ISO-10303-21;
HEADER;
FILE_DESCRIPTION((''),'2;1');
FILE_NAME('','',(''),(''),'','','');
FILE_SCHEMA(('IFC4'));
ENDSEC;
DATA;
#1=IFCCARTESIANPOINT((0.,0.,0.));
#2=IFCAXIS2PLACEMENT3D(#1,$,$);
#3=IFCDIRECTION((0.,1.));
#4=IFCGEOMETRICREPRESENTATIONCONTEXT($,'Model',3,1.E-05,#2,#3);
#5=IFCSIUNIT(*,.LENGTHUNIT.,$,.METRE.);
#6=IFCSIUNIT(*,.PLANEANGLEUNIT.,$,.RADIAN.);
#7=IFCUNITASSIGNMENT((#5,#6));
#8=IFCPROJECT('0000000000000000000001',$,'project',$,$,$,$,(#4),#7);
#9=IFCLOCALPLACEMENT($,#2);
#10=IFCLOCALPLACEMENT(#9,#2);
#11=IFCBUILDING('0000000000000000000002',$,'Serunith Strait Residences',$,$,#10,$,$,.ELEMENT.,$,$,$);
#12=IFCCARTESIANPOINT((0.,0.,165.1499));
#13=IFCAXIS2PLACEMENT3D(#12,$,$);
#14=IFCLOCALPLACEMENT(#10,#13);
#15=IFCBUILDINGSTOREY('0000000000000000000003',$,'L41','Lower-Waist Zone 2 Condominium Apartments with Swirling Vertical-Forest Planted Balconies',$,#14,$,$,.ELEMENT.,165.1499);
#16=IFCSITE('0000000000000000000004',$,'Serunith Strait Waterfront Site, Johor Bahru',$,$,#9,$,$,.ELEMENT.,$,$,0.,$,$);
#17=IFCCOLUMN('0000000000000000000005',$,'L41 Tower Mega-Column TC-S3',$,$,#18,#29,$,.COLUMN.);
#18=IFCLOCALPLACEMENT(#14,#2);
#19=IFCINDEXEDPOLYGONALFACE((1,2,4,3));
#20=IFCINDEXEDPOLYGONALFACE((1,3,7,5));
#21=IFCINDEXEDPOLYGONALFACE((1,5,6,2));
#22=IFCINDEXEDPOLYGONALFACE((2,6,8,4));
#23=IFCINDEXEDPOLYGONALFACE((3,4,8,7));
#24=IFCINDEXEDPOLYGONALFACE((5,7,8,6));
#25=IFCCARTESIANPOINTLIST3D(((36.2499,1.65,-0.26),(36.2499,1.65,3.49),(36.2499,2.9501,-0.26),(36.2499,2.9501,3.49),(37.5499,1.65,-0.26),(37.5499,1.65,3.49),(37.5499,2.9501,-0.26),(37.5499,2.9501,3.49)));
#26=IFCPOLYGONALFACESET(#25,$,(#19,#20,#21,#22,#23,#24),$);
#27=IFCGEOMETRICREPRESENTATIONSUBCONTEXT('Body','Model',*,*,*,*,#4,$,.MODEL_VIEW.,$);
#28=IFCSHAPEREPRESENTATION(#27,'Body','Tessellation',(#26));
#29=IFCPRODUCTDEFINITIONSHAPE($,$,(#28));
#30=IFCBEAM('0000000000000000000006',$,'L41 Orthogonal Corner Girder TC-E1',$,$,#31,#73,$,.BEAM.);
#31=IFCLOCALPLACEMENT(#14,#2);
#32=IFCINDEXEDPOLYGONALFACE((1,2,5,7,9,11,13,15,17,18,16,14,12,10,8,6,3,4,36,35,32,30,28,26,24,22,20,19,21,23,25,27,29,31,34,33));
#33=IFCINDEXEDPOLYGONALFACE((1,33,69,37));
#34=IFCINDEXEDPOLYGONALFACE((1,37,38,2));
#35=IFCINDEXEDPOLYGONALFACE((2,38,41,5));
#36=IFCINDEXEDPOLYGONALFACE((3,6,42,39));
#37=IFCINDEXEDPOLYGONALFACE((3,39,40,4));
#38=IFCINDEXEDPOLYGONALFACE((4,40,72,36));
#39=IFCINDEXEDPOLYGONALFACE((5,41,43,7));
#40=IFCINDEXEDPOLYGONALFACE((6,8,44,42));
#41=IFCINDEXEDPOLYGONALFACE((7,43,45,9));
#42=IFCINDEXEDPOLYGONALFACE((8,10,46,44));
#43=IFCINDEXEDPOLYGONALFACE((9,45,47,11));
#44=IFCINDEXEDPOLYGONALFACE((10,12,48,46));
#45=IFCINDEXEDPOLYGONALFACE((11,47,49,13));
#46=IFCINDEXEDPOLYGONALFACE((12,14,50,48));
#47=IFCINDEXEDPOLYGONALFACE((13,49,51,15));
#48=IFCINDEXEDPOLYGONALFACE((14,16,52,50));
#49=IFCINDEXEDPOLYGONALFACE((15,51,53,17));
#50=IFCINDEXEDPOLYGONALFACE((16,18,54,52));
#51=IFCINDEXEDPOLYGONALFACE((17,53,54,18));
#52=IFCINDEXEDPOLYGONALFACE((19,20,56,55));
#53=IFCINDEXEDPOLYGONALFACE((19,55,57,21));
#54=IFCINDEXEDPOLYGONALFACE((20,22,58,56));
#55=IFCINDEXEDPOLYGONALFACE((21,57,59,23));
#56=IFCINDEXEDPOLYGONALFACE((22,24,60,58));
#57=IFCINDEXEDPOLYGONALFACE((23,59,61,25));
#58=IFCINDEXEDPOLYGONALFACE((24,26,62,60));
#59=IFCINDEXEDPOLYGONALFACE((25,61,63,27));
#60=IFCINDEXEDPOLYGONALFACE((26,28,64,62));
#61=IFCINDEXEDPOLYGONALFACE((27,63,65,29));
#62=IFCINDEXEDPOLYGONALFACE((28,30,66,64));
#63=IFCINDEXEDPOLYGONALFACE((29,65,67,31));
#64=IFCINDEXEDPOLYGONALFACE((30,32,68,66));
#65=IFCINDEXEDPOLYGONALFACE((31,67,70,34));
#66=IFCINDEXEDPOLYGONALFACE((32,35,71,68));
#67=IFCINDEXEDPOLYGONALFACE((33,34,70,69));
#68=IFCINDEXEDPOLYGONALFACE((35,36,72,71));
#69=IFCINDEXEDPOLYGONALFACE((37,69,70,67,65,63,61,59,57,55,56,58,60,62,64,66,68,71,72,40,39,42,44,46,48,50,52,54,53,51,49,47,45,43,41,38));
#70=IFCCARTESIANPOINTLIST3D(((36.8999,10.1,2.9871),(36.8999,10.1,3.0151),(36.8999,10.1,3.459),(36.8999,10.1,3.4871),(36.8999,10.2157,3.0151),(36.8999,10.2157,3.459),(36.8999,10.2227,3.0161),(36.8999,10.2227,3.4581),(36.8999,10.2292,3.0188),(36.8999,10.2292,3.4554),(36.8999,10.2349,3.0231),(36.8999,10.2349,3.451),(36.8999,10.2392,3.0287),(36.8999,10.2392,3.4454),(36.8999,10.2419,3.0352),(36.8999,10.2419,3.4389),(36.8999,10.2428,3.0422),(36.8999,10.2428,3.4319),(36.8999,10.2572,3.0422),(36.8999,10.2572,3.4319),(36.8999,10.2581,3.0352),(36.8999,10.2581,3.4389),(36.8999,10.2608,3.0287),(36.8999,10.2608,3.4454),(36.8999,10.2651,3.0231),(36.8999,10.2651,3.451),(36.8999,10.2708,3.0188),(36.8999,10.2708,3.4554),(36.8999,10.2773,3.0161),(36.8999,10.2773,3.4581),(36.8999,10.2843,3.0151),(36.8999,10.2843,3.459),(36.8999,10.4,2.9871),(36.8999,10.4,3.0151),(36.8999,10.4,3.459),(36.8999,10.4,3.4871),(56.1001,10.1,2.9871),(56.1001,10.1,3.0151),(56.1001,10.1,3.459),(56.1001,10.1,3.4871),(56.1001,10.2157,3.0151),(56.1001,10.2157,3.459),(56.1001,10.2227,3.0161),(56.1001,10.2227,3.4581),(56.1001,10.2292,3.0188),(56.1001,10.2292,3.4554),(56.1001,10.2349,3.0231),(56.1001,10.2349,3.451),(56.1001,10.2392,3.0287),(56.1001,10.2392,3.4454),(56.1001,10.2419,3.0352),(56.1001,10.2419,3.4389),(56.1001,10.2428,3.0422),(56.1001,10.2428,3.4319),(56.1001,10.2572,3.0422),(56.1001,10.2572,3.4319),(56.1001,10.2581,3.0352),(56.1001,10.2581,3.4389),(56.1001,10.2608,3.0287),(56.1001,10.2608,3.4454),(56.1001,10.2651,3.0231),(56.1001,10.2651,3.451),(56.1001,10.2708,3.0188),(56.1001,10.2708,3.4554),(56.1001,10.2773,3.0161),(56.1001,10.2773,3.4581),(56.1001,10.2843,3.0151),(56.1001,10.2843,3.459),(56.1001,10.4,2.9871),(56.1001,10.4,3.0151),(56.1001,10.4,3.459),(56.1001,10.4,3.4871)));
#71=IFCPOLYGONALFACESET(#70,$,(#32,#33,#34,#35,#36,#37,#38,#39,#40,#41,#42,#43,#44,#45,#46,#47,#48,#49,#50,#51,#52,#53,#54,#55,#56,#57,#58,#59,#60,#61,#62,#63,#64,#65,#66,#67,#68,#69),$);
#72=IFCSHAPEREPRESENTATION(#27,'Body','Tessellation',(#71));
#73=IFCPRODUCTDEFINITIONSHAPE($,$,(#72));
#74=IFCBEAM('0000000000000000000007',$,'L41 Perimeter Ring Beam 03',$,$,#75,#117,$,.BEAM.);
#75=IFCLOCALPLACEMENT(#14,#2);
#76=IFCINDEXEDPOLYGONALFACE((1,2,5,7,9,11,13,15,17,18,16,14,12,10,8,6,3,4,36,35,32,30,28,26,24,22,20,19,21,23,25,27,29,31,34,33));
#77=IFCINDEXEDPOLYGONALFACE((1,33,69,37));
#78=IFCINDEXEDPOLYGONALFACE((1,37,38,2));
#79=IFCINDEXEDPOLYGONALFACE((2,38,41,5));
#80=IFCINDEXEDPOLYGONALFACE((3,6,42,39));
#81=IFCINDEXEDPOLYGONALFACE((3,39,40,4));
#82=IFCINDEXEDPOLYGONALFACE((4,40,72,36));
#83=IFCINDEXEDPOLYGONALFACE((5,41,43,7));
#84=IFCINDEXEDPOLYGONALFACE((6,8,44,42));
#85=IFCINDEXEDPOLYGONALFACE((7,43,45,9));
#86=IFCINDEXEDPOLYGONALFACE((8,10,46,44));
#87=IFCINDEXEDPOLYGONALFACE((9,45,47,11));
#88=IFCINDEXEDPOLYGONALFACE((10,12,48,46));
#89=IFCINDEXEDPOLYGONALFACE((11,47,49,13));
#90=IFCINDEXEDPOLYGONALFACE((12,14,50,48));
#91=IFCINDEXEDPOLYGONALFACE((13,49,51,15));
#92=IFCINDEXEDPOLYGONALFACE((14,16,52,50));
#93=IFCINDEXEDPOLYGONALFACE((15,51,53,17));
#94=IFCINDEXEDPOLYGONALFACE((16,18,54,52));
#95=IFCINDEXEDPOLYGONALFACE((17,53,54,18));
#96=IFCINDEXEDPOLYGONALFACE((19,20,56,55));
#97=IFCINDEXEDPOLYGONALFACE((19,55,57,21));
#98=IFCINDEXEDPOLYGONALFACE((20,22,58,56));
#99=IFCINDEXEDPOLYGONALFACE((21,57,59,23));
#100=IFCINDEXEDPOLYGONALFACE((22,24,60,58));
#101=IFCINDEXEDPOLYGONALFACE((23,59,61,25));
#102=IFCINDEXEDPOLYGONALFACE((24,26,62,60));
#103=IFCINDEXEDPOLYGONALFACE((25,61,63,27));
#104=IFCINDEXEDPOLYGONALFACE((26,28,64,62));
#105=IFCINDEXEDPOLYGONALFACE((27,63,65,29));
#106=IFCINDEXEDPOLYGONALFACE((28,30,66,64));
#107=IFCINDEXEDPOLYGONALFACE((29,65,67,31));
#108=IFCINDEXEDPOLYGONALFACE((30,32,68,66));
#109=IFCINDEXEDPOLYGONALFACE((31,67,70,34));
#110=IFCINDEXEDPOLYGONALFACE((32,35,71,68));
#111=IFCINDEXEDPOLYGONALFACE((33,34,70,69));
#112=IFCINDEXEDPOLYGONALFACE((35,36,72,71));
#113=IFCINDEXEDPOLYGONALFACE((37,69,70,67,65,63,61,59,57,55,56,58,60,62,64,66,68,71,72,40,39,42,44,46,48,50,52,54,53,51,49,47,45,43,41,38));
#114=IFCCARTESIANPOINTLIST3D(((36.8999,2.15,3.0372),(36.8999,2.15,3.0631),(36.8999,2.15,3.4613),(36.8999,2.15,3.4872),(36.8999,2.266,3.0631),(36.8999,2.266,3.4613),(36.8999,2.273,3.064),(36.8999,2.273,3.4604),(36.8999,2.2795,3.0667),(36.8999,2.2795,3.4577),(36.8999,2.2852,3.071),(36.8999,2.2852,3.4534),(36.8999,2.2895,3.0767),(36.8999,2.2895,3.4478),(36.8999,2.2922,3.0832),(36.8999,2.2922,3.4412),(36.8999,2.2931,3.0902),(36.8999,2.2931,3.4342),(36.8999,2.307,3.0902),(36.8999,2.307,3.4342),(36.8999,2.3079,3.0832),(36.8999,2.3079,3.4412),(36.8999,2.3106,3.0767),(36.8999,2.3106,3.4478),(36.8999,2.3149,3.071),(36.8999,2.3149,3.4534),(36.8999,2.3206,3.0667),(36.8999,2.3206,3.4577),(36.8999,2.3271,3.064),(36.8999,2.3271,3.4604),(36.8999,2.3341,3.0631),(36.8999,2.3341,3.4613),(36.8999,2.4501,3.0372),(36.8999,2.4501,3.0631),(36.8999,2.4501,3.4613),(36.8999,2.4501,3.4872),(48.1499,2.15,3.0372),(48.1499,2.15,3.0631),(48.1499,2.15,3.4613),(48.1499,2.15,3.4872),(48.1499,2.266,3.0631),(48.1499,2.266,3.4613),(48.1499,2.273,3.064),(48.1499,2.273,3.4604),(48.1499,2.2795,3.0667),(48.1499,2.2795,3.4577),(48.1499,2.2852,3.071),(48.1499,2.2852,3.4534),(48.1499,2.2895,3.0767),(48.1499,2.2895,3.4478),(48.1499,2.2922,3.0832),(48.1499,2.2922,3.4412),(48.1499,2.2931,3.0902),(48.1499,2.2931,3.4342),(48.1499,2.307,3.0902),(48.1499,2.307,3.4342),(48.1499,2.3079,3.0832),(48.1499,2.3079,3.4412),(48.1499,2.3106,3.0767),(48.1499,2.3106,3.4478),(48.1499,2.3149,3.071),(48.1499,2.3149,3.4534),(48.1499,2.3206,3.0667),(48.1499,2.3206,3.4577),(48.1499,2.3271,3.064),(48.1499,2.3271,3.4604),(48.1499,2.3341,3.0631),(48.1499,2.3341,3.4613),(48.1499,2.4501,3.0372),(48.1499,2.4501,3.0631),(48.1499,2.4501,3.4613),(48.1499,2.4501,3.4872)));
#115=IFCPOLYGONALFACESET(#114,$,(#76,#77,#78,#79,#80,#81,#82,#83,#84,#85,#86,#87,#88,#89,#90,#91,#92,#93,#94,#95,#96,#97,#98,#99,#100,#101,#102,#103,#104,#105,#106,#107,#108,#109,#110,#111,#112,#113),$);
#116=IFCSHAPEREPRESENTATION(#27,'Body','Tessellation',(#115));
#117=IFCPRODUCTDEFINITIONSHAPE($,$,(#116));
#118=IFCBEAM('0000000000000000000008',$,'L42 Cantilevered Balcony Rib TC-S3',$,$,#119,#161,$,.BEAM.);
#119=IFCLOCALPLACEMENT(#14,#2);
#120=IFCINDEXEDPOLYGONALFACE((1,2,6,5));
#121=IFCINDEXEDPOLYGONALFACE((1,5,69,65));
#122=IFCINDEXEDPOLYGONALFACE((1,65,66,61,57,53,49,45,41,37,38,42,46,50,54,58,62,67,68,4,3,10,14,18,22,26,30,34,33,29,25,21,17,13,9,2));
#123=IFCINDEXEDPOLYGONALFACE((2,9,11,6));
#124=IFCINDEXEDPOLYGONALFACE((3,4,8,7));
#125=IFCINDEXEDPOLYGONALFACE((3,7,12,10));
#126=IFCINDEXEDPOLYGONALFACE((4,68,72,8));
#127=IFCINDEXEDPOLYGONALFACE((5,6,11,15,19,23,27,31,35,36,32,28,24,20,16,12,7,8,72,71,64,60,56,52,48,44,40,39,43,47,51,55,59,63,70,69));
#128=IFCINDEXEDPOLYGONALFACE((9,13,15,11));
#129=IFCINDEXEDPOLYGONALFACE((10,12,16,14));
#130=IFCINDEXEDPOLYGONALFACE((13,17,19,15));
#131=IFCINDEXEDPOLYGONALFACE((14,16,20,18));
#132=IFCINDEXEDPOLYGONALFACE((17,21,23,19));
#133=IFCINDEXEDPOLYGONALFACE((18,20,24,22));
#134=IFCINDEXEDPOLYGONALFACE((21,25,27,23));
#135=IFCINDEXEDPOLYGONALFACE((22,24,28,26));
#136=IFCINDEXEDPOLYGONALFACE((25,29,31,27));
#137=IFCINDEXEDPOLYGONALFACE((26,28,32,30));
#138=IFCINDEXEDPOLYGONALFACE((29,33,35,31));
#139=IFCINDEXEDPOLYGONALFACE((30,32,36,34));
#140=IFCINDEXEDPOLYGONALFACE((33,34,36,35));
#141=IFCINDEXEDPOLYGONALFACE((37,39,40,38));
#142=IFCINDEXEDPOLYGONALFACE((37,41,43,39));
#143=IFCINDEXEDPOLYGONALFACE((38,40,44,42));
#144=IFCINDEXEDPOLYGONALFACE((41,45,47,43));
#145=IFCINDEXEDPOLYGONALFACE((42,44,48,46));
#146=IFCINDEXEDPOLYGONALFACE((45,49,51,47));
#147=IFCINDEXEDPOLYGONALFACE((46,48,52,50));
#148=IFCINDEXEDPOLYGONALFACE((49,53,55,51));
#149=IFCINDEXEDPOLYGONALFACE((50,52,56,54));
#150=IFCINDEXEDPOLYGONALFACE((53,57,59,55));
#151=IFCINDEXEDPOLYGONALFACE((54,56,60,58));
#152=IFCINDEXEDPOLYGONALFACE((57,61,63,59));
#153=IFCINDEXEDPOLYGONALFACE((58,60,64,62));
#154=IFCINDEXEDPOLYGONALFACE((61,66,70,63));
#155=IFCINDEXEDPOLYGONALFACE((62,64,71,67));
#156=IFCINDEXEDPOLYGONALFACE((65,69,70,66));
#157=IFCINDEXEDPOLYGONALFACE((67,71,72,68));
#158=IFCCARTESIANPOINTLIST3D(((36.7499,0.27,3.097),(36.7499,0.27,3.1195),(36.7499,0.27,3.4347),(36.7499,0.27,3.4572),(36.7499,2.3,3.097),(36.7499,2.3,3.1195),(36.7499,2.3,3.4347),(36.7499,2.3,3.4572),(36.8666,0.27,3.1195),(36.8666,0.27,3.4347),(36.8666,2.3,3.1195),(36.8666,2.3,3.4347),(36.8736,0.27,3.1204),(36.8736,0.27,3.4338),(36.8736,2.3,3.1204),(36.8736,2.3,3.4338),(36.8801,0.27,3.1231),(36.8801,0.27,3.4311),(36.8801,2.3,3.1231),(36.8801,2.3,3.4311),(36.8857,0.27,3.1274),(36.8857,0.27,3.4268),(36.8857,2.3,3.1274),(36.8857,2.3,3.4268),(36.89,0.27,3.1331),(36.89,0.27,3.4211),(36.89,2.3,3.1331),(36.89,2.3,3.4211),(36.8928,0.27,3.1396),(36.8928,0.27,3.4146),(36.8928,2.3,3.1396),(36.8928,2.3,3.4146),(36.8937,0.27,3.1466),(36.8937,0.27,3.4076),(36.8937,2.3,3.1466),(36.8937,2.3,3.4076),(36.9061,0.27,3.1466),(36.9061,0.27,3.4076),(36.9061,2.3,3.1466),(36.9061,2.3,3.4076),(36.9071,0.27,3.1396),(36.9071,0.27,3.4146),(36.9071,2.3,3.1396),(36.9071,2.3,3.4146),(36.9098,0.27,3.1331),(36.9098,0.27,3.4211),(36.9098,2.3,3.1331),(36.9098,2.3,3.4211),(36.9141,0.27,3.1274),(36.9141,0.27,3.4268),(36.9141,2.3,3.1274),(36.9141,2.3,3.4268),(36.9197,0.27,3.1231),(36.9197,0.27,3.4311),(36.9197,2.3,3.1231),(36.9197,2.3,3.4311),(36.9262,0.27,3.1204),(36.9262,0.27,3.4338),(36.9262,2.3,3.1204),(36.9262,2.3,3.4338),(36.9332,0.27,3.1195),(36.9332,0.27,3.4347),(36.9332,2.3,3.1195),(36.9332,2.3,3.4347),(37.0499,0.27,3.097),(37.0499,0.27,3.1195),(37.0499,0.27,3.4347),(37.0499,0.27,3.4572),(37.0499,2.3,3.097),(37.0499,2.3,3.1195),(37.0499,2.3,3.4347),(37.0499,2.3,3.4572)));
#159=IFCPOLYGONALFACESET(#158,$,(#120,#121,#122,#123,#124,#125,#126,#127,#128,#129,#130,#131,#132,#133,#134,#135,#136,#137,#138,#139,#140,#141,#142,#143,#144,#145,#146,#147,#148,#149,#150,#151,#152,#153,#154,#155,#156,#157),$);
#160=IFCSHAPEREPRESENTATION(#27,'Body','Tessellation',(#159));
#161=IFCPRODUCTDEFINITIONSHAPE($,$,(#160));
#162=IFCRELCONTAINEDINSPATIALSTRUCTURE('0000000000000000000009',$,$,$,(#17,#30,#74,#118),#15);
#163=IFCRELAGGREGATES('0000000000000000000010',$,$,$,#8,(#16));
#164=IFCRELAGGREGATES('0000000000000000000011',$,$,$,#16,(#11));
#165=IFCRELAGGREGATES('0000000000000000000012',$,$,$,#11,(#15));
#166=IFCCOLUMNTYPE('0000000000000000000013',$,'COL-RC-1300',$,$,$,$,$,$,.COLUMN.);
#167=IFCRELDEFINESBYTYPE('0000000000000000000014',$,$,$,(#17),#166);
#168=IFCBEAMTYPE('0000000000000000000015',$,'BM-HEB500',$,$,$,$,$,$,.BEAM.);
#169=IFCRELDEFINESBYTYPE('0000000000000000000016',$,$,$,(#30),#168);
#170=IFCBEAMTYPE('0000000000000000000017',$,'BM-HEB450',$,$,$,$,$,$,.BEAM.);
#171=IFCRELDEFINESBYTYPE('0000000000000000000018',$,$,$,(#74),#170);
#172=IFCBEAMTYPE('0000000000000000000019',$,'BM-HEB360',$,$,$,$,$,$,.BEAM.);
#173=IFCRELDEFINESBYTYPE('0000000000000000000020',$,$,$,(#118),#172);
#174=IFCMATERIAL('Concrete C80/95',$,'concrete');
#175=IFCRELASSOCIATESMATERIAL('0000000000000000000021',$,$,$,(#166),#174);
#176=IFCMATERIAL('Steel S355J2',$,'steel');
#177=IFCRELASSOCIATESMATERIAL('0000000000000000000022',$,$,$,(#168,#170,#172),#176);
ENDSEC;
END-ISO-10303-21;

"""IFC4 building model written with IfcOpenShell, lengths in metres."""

from ifc_helpers import new_model, si_unit, direction, frame, origin, origin_2d, place, context, subcontext, project, spatial, rectangle, i_section, extrude, source, transform, mapped, material, material_profile, profile_set, type_object, element, save


model = new_model("IFC4")

# Units and contexts
model_context = context("Model", 3, precision=1e-05, world=origin(), true_north=direction((0.0, 1.0)))
body_context = subcontext(model_context, "Body", "Model", "MODEL_VIEW")
ifc_project = project(units=[si_unit("LENGTHUNIT", "METRE"), si_unit("PLANEANGLEUNIT", "RADIAN")], contexts=[model_context])

# Site, building, storey
site_placement = place(None, origin())
site = spatial("IfcSite", under=ifc_project, at=site_placement, Name="Serunith Strait Waterfront Site, Johor Bahru", CompositionType="ELEMENT", RefElevation=0.0)
building_placement = place(site_placement, origin())
building = spatial("IfcBuilding", under=site, at=building_placement, Name="Serunith Strait Residences", CompositionType="ELEMENT")
storey_placement = place(building_placement, frame((0.0, 0.0, 165.1499)))
storey = spatial("IfcBuildingStorey", under=building, at=storey_placement, Name="L41", Description="Lower-Waist Zone 2 Condominium Apartments with Swirling Vertical-Forest Planted Balconies", CompositionType="ELEMENT", Elevation=165.1499)

# Column
ifc_material_1 = material(Name="Concrete C80/95", Category="concrete")
ifc_material_profile_1 = material_profile(ifc_material_1, rectangle(XDim=1.3, YDim=1.3, at=origin_2d()), Name="RC 1300x1300")
ifc_profile_set_1 = profile_set([ifc_material_profile_1], Name="Concrete C80/95")
column_type = type_object("IfcColumnType", Name="COL-RC-1300", PredefinedType="COLUMN", material=ifc_profile_set_1)
shared_shape_1 = source(origin(), body_context, "Body", "SweptSolid", [
    extrude(rectangle(XDim=1.3, YDim=1.3, at=origin_2d()), origin(), (0.0, 0.0, 1.0), 3.75),
])
column_placement = place(storey_placement, frame((36.8999, 2.3, -0.26), z_axis=(0.0, 0.0, 1.0), x_axis=(1.0, 0.0, 0.0)))
element("IfcColumn", 1, at=column_placement, inside=storey, type_object=column_type, Name="L41 Tower Mega-Column TC-S3", PredefinedType="COLUMN", context=body_context, shape_type="MappedRepresentation", body=[
    mapped(shared_shape_1, transform((0.0, 0.0, 0.0), scale=1.0)),
])

# Beams
ifc_material_2 = material(Name="Steel S355J2", Category="steel")
ifc_material_profile_2 = material_profile(ifc_material_2, i_section(OverallWidth=0.3, OverallDepth=0.5, WebThickness=0.0144, FlangeThickness=0.0281, FilletRadius=0.0271, at=origin_2d()), Name="HEB 500")
ifc_profile_set_2 = profile_set([ifc_material_profile_2], Name="Steel S355J2")
beam_type_1 = type_object("IfcBeamType", Name="BM-HEB500", PredefinedType="BEAM", material=ifc_profile_set_2)
shared_shape_2 = source(origin(), body_context, "Body", "SweptSolid", [
    extrude(i_section(OverallWidth=0.3, OverallDepth=0.5, WebThickness=0.0144, FlangeThickness=0.0281, FilletRadius=0.0271, at=origin_2d()), origin(), (0.0, 0.0, 1.0), 19.2002),
])
beam_1_placement = place(storey_placement, frame((36.8999, 10.25, 3.2371), z_axis=(1.0, 0.0, 0.0), x_axis=(0.0, 1.0, 0.0)))
element("IfcBeam", 2, at=beam_1_placement, inside=storey, type_object=beam_type_1, Name="L41 Orthogonal Corner Girder TC-E1", PredefinedType="BEAM", context=body_context, shape_type="MappedRepresentation", body=[
    mapped(shared_shape_2, transform((0.0, 0.0, 0.0), scale=1.0)),
])
ifc_material_profile_3 = material_profile(ifc_material_2, i_section(OverallWidth=0.3, OverallDepth=0.45, WebThickness=0.0139, FlangeThickness=0.0259, FilletRadius=0.0271, at=origin_2d()), Name="HEB 450")
ifc_profile_set_3 = profile_set([ifc_material_profile_3], Name="Steel S355J2")
beam_type_2 = type_object("IfcBeamType", Name="BM-HEB450", PredefinedType="BEAM", material=ifc_profile_set_3)
shared_shape_3 = source(origin(), body_context, "Body", "SweptSolid", [
    extrude(i_section(OverallWidth=0.3, OverallDepth=0.45, WebThickness=0.0139, FlangeThickness=0.0259, FilletRadius=0.0271, at=origin_2d()), origin(), (0.0, 0.0, 1.0), 11.25),
])
beam_2_placement = place(storey_placement, frame((36.8999, 2.3, 3.2622), z_axis=(1.0, 0.0, 0.0), x_axis=(0.0, 1.0, 0.0)))
element("IfcBeam", 3, at=beam_2_placement, inside=storey, type_object=beam_type_2, Name="L41 Perimeter Ring Beam 03", PredefinedType="BEAM", context=body_context, shape_type="MappedRepresentation", body=[
    mapped(shared_shape_3, transform((0.0, 0.0, 0.0), scale=1.0)),
])
ifc_material_profile_4 = material_profile(ifc_material_2, i_section(OverallWidth=0.3, OverallDepth=0.3601, WebThickness=0.0125, FlangeThickness=0.0225, FilletRadius=0.0271, at=origin_2d()), Name="HEB 360")
ifc_profile_set_4 = profile_set([ifc_material_profile_4], Name="Steel S355J2")
beam_type_3 = type_object("IfcBeamType", Name="BM-HEB360", PredefinedType="BEAM", material=ifc_profile_set_4)
shared_shape_4 = source(origin(), body_context, "Body", "SweptSolid", [
    extrude(i_section(OverallWidth=0.3, OverallDepth=0.3601, WebThickness=0.0125, FlangeThickness=0.0225, FilletRadius=0.0271, at=origin_2d()), origin(), (0.0, 0.0, 1.0), 2.03),
])
beam_3_placement = place(storey_placement, frame((36.8999, 2.3, 3.2771), z_axis=(0.0, -1.0, 0.0), x_axis=(1.0, 0.0, 0.0)))
element("IfcBeam", 4, at=beam_3_placement, inside=storey, type_object=beam_type_3, Name="L42 Cantilevered Balcony Rib TC-S3", PredefinedType="BEAM", context=body_context, shape_type="MappedRepresentation", body=[
    mapped(shared_shape_4, transform((0.0, 0.0, 0.0), scale=1.0)),
])

save(model, "model.ifc")
